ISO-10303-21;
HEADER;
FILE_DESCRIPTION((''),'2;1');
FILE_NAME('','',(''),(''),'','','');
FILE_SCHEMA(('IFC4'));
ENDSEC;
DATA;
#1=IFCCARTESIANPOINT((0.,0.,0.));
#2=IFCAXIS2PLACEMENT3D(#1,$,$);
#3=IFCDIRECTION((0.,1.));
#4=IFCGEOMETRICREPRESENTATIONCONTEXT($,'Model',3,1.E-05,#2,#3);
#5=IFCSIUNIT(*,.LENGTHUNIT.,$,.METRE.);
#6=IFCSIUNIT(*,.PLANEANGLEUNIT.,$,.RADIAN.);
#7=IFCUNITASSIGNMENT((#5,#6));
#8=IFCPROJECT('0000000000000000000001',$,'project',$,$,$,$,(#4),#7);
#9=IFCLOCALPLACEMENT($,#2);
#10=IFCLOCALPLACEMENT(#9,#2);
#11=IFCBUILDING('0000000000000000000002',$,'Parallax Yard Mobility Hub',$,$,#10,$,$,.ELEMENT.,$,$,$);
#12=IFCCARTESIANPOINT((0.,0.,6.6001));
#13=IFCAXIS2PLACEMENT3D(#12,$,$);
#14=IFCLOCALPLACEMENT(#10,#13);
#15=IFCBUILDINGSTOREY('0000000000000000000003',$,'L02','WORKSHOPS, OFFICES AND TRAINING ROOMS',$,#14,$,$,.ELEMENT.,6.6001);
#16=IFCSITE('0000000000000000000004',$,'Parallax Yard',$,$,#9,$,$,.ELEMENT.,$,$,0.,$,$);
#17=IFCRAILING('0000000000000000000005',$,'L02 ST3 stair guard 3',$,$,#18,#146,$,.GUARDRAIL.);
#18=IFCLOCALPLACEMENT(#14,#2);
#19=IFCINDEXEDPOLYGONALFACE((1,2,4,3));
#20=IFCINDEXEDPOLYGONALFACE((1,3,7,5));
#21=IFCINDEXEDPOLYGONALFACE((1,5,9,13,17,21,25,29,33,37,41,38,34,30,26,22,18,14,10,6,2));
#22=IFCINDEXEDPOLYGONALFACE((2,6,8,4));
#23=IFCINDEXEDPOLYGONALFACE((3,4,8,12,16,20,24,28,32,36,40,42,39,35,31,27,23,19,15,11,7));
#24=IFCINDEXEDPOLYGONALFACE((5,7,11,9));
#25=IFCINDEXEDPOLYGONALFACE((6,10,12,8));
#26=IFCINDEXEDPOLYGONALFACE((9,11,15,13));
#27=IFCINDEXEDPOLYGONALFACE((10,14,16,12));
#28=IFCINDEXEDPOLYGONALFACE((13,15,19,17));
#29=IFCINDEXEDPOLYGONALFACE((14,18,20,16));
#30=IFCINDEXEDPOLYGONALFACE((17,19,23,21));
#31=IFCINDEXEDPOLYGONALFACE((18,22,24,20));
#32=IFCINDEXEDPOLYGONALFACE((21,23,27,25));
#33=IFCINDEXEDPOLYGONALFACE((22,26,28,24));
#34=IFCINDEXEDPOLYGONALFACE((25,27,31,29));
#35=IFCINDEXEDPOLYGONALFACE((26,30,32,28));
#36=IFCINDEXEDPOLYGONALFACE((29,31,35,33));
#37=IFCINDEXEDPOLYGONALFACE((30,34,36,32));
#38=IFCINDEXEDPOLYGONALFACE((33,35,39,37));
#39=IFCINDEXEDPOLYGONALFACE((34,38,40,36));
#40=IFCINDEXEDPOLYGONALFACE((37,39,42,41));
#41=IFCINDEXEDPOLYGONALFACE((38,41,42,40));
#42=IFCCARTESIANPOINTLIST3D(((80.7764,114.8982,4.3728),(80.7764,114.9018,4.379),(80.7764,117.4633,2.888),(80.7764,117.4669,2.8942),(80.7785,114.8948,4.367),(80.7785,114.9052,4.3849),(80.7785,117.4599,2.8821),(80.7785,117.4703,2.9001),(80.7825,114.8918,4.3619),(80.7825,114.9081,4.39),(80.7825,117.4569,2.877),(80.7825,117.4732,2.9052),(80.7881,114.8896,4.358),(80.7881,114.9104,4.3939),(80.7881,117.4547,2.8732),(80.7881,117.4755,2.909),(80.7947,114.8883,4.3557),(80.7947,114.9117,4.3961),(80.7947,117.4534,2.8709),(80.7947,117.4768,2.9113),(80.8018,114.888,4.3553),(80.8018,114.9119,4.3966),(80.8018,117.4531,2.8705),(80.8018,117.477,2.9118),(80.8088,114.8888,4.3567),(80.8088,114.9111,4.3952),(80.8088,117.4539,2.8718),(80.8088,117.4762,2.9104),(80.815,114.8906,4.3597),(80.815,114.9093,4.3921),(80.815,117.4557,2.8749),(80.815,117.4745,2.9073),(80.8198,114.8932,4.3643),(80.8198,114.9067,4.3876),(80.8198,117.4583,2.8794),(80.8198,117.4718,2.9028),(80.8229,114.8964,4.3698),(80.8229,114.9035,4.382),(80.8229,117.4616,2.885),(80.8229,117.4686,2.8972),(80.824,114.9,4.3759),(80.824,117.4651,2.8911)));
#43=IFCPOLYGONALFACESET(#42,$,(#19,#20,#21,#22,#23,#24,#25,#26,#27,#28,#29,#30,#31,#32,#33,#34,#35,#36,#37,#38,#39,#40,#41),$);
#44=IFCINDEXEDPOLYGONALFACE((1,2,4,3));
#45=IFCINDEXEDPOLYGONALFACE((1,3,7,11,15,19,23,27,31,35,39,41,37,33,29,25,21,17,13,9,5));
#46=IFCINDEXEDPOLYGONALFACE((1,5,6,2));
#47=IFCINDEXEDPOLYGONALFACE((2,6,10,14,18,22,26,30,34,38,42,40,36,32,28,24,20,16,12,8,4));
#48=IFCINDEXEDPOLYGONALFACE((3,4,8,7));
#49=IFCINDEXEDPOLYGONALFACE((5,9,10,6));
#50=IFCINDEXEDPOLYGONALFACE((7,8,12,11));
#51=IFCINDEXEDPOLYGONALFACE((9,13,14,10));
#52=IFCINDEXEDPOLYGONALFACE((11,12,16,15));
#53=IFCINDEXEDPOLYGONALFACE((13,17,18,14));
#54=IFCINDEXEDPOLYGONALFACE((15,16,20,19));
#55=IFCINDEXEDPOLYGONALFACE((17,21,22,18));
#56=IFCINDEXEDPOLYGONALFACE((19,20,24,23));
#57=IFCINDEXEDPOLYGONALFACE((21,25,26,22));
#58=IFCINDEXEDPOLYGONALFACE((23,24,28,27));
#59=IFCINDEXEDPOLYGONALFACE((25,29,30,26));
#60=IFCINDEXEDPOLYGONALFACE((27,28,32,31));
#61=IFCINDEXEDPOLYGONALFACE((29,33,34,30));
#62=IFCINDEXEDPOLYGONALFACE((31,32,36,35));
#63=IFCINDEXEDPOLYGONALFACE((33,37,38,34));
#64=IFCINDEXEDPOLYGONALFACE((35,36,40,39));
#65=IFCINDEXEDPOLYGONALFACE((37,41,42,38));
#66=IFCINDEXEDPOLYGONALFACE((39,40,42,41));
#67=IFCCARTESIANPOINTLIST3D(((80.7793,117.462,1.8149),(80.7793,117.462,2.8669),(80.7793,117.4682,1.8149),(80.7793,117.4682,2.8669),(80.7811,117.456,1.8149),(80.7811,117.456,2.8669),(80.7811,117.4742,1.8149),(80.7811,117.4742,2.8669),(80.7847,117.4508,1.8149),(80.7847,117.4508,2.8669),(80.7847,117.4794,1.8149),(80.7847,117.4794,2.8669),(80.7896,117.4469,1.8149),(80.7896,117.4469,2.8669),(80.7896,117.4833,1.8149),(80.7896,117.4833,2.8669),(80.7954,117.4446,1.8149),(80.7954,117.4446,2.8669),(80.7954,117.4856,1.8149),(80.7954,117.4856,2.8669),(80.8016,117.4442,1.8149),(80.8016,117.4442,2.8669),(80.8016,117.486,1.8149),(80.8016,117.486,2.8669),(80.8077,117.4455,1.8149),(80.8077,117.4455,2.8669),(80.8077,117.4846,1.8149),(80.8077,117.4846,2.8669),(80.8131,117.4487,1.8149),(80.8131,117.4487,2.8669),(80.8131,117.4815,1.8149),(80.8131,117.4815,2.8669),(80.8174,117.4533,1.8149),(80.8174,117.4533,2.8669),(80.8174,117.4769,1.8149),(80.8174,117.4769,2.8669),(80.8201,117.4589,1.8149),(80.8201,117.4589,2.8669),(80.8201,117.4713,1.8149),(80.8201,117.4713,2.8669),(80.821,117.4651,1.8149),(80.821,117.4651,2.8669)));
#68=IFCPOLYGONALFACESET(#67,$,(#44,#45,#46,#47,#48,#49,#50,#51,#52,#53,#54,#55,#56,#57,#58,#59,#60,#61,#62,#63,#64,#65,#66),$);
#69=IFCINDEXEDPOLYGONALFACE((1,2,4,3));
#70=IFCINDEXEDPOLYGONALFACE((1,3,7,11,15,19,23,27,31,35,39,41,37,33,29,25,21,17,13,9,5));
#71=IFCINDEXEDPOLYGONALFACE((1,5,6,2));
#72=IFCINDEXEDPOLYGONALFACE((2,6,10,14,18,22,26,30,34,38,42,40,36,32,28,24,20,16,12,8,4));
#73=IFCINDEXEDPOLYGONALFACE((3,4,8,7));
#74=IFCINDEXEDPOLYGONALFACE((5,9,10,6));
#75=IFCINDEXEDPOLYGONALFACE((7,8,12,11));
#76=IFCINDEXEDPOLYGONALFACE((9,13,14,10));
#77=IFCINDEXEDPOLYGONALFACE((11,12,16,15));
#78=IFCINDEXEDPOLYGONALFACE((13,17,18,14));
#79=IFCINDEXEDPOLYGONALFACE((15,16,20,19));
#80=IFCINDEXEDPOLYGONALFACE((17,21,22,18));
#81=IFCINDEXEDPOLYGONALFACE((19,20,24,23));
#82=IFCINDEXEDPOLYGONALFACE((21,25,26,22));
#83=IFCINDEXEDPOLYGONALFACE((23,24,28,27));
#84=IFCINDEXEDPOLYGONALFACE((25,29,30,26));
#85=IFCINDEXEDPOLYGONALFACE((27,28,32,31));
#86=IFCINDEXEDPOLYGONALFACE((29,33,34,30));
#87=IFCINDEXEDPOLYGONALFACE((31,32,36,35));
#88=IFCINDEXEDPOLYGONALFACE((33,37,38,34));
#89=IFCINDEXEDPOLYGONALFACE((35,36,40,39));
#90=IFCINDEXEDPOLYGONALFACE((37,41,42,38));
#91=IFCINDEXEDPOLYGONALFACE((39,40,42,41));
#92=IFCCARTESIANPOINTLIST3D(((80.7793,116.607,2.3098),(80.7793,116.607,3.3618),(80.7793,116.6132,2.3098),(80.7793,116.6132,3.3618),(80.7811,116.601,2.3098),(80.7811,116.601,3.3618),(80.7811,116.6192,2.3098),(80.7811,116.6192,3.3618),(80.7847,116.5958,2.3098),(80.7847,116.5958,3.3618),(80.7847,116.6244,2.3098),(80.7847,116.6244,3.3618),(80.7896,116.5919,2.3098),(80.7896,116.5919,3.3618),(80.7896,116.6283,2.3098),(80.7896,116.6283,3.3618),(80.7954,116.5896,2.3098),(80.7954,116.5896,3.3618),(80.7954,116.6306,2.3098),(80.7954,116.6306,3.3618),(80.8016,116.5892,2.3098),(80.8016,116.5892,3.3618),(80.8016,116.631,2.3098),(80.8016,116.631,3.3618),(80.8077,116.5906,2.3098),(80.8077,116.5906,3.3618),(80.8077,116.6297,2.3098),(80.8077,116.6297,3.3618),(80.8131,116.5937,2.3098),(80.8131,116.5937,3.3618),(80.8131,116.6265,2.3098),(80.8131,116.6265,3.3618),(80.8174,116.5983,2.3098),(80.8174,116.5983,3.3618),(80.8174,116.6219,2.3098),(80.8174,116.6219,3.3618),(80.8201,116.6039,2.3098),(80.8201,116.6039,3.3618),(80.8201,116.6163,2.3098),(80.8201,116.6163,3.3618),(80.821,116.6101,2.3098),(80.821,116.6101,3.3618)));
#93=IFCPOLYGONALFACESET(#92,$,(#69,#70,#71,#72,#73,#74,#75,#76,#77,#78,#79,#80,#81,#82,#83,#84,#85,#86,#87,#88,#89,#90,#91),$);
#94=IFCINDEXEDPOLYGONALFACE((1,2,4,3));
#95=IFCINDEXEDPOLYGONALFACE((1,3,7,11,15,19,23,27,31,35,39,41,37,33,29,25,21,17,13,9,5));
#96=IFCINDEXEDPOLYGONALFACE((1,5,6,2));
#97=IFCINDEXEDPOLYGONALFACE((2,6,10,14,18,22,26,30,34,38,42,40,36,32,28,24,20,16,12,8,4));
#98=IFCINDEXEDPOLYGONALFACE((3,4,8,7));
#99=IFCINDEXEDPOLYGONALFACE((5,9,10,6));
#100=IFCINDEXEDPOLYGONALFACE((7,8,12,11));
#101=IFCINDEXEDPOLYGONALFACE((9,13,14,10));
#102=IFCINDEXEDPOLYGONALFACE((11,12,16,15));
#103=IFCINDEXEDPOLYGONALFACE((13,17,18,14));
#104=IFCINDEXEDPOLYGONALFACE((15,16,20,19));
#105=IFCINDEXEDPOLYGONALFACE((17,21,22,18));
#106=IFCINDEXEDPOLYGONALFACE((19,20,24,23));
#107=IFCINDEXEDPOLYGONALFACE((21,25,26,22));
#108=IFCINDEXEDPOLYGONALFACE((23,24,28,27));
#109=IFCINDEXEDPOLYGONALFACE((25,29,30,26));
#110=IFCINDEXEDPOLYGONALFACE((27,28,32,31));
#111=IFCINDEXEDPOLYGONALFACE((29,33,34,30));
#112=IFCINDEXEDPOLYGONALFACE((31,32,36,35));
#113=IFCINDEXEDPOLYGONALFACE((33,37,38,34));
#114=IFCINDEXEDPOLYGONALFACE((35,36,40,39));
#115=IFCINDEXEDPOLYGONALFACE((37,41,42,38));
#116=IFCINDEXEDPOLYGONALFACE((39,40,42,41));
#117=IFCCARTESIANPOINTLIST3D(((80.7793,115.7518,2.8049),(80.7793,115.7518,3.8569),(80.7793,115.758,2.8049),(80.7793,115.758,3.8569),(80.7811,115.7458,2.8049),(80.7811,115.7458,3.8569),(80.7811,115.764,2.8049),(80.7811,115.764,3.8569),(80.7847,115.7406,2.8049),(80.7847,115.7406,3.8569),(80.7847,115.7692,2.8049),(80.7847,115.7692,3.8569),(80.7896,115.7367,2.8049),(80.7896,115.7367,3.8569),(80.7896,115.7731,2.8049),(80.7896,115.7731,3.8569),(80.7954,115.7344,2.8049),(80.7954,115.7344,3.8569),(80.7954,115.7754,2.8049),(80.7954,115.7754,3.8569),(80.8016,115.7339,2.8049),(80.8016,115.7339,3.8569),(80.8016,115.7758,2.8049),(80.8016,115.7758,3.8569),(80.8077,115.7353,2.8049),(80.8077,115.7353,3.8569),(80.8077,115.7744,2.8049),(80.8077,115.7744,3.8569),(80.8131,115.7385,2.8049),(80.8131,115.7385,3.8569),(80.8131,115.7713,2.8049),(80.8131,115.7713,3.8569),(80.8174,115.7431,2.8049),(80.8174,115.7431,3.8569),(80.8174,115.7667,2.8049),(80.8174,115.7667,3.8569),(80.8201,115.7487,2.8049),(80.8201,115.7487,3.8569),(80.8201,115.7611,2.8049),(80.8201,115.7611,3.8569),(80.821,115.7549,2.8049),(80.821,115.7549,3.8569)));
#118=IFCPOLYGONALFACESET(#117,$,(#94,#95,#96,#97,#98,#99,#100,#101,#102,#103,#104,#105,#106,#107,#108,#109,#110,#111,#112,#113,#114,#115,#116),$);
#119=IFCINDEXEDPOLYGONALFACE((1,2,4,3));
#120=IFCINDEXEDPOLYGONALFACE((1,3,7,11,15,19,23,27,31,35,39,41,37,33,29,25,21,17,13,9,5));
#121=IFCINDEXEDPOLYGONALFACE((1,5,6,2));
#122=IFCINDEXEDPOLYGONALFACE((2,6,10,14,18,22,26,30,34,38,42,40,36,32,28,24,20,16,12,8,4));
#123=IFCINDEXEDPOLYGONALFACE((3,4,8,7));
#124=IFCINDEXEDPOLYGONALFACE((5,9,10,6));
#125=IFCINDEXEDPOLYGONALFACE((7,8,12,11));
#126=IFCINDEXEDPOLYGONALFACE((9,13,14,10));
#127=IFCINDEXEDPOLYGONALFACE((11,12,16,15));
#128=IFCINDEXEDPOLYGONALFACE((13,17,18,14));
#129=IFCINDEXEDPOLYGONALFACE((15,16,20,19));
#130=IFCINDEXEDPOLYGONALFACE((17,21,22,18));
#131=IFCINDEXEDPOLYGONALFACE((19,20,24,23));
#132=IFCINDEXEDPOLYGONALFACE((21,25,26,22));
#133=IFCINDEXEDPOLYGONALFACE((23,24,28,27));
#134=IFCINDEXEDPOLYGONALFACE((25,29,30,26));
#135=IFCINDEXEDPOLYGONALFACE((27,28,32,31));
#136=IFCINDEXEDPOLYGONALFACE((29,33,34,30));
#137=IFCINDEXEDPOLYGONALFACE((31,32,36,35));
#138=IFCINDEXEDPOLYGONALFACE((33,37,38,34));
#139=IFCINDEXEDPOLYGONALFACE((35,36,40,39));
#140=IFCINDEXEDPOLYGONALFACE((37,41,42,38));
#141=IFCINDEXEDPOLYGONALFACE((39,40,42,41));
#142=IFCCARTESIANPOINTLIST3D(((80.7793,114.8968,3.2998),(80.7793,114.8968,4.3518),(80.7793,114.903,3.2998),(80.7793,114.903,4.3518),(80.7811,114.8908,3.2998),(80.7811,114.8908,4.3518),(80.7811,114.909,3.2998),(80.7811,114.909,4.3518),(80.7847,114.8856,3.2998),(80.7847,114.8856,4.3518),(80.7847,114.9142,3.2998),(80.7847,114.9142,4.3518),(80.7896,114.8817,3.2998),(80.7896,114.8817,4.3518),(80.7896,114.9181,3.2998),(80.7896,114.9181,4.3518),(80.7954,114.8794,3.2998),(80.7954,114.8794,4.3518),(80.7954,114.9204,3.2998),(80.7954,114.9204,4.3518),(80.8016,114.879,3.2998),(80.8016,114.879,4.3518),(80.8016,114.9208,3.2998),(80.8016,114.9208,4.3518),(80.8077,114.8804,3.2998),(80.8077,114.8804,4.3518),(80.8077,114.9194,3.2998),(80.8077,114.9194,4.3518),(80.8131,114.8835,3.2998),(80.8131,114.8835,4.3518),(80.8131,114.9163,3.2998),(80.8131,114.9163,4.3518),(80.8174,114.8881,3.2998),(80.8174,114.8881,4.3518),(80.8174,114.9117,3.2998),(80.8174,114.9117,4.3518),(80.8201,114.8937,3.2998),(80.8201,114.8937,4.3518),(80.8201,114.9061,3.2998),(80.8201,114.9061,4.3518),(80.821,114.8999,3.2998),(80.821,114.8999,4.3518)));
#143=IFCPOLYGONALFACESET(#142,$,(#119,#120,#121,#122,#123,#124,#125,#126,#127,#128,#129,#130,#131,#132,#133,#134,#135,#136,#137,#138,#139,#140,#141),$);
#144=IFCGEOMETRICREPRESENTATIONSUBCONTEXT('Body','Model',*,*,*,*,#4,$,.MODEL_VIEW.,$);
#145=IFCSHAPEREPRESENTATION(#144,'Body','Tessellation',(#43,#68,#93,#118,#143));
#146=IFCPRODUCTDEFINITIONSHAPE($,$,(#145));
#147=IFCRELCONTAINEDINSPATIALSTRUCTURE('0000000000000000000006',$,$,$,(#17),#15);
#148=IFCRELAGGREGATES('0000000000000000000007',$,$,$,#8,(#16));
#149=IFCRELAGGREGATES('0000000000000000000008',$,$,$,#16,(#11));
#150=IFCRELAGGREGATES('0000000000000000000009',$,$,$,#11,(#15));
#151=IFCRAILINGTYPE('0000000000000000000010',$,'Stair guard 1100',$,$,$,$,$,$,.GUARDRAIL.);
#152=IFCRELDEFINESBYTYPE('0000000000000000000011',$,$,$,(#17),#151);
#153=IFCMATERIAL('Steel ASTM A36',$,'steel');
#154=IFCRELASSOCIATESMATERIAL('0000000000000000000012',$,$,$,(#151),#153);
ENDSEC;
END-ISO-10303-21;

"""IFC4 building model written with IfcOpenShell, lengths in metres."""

from ifc_helpers import new_model, si_unit, direction, frame, origin, origin_2d, place, context, subcontext, project, spatial, circle, extrude, material, type_object, element, save


model = new_model("IFC4")

# Units and contexts
model_context = context("Model", 3, precision=1e-05, world=origin(), true_north=direction((0.0, 1.0)))
body_context = subcontext(model_context, "Body", "Model", "MODEL_VIEW")
ifc_project = project(units=[si_unit("LENGTHUNIT", "METRE"), si_unit("PLANEANGLEUNIT", "RADIAN")], contexts=[model_context])

# Site, building, storey
site_placement = place(None, origin())
site = spatial("IfcSite", under=ifc_project, at=site_placement, Name="Parallax Yard", CompositionType="ELEMENT", RefElevation=0.0)
building_placement = place(site_placement, origin())
building = spatial("IfcBuilding", under=site, at=building_placement, Name="Parallax Yard Mobility Hub", CompositionType="ELEMENT")
storey_placement = place(building_placement, frame((0.0, 0.0, 6.6001)))
storey = spatial("IfcBuildingStorey", under=building, at=storey_placement, Name="L02", Description="WORKSHOPS, OFFICES AND TRAINING ROOMS", CompositionType="ELEMENT", Elevation=6.6001)

# Railing
ifc_material_1 = material(Name="Steel ASTM A36", Category="steel")
railing_type_1 = type_object("IfcRailingType", Name="Stair guard 1100", PredefinedType="GUARDRAIL", material=ifc_material_1)
railing_1_placement = place(storey_placement, frame((80.8, 117.4651, 1.8149)))
element("IfcRailing", 1, at=railing_1_placement, inside=storey, type_object=railing_type_1, Name="L02 ST3 stair guard 3", PredefinedType="GUARDRAIL", context=body_context, shape_type="SweptSolid", body=[
    extrude(circle(Radius=0.0239, at=origin_2d()), frame((0.0, 0.0, 1.0762), z_axis=(0.0, -0.865462, 0.500975), x_axis=(1.0, 0.0, 0.0)), (0.0, 0.0, 1.0), 2.9639),
    extrude(circle(Radius=0.021, at=origin_2d()), origin(), (0.0, 0.0, 1.0), 1.052),
    extrude(circle(Radius=0.021, at=origin_2d()), frame((0.0, -0.855, 0.4949)), (0.0, 0.0, 1.0), 1.052),
    extrude(circle(Radius=0.021, at=origin_2d()), frame((0.0, -1.7102, 0.99)), (0.0, 0.0, 1.0), 1.052),
    extrude(circle(Radius=0.021, at=origin_2d()), frame((0.0, -2.5652, 1.4849)), (0.0, 0.0, 1.0), 1.052),
])

save(model, "model.ifc")
